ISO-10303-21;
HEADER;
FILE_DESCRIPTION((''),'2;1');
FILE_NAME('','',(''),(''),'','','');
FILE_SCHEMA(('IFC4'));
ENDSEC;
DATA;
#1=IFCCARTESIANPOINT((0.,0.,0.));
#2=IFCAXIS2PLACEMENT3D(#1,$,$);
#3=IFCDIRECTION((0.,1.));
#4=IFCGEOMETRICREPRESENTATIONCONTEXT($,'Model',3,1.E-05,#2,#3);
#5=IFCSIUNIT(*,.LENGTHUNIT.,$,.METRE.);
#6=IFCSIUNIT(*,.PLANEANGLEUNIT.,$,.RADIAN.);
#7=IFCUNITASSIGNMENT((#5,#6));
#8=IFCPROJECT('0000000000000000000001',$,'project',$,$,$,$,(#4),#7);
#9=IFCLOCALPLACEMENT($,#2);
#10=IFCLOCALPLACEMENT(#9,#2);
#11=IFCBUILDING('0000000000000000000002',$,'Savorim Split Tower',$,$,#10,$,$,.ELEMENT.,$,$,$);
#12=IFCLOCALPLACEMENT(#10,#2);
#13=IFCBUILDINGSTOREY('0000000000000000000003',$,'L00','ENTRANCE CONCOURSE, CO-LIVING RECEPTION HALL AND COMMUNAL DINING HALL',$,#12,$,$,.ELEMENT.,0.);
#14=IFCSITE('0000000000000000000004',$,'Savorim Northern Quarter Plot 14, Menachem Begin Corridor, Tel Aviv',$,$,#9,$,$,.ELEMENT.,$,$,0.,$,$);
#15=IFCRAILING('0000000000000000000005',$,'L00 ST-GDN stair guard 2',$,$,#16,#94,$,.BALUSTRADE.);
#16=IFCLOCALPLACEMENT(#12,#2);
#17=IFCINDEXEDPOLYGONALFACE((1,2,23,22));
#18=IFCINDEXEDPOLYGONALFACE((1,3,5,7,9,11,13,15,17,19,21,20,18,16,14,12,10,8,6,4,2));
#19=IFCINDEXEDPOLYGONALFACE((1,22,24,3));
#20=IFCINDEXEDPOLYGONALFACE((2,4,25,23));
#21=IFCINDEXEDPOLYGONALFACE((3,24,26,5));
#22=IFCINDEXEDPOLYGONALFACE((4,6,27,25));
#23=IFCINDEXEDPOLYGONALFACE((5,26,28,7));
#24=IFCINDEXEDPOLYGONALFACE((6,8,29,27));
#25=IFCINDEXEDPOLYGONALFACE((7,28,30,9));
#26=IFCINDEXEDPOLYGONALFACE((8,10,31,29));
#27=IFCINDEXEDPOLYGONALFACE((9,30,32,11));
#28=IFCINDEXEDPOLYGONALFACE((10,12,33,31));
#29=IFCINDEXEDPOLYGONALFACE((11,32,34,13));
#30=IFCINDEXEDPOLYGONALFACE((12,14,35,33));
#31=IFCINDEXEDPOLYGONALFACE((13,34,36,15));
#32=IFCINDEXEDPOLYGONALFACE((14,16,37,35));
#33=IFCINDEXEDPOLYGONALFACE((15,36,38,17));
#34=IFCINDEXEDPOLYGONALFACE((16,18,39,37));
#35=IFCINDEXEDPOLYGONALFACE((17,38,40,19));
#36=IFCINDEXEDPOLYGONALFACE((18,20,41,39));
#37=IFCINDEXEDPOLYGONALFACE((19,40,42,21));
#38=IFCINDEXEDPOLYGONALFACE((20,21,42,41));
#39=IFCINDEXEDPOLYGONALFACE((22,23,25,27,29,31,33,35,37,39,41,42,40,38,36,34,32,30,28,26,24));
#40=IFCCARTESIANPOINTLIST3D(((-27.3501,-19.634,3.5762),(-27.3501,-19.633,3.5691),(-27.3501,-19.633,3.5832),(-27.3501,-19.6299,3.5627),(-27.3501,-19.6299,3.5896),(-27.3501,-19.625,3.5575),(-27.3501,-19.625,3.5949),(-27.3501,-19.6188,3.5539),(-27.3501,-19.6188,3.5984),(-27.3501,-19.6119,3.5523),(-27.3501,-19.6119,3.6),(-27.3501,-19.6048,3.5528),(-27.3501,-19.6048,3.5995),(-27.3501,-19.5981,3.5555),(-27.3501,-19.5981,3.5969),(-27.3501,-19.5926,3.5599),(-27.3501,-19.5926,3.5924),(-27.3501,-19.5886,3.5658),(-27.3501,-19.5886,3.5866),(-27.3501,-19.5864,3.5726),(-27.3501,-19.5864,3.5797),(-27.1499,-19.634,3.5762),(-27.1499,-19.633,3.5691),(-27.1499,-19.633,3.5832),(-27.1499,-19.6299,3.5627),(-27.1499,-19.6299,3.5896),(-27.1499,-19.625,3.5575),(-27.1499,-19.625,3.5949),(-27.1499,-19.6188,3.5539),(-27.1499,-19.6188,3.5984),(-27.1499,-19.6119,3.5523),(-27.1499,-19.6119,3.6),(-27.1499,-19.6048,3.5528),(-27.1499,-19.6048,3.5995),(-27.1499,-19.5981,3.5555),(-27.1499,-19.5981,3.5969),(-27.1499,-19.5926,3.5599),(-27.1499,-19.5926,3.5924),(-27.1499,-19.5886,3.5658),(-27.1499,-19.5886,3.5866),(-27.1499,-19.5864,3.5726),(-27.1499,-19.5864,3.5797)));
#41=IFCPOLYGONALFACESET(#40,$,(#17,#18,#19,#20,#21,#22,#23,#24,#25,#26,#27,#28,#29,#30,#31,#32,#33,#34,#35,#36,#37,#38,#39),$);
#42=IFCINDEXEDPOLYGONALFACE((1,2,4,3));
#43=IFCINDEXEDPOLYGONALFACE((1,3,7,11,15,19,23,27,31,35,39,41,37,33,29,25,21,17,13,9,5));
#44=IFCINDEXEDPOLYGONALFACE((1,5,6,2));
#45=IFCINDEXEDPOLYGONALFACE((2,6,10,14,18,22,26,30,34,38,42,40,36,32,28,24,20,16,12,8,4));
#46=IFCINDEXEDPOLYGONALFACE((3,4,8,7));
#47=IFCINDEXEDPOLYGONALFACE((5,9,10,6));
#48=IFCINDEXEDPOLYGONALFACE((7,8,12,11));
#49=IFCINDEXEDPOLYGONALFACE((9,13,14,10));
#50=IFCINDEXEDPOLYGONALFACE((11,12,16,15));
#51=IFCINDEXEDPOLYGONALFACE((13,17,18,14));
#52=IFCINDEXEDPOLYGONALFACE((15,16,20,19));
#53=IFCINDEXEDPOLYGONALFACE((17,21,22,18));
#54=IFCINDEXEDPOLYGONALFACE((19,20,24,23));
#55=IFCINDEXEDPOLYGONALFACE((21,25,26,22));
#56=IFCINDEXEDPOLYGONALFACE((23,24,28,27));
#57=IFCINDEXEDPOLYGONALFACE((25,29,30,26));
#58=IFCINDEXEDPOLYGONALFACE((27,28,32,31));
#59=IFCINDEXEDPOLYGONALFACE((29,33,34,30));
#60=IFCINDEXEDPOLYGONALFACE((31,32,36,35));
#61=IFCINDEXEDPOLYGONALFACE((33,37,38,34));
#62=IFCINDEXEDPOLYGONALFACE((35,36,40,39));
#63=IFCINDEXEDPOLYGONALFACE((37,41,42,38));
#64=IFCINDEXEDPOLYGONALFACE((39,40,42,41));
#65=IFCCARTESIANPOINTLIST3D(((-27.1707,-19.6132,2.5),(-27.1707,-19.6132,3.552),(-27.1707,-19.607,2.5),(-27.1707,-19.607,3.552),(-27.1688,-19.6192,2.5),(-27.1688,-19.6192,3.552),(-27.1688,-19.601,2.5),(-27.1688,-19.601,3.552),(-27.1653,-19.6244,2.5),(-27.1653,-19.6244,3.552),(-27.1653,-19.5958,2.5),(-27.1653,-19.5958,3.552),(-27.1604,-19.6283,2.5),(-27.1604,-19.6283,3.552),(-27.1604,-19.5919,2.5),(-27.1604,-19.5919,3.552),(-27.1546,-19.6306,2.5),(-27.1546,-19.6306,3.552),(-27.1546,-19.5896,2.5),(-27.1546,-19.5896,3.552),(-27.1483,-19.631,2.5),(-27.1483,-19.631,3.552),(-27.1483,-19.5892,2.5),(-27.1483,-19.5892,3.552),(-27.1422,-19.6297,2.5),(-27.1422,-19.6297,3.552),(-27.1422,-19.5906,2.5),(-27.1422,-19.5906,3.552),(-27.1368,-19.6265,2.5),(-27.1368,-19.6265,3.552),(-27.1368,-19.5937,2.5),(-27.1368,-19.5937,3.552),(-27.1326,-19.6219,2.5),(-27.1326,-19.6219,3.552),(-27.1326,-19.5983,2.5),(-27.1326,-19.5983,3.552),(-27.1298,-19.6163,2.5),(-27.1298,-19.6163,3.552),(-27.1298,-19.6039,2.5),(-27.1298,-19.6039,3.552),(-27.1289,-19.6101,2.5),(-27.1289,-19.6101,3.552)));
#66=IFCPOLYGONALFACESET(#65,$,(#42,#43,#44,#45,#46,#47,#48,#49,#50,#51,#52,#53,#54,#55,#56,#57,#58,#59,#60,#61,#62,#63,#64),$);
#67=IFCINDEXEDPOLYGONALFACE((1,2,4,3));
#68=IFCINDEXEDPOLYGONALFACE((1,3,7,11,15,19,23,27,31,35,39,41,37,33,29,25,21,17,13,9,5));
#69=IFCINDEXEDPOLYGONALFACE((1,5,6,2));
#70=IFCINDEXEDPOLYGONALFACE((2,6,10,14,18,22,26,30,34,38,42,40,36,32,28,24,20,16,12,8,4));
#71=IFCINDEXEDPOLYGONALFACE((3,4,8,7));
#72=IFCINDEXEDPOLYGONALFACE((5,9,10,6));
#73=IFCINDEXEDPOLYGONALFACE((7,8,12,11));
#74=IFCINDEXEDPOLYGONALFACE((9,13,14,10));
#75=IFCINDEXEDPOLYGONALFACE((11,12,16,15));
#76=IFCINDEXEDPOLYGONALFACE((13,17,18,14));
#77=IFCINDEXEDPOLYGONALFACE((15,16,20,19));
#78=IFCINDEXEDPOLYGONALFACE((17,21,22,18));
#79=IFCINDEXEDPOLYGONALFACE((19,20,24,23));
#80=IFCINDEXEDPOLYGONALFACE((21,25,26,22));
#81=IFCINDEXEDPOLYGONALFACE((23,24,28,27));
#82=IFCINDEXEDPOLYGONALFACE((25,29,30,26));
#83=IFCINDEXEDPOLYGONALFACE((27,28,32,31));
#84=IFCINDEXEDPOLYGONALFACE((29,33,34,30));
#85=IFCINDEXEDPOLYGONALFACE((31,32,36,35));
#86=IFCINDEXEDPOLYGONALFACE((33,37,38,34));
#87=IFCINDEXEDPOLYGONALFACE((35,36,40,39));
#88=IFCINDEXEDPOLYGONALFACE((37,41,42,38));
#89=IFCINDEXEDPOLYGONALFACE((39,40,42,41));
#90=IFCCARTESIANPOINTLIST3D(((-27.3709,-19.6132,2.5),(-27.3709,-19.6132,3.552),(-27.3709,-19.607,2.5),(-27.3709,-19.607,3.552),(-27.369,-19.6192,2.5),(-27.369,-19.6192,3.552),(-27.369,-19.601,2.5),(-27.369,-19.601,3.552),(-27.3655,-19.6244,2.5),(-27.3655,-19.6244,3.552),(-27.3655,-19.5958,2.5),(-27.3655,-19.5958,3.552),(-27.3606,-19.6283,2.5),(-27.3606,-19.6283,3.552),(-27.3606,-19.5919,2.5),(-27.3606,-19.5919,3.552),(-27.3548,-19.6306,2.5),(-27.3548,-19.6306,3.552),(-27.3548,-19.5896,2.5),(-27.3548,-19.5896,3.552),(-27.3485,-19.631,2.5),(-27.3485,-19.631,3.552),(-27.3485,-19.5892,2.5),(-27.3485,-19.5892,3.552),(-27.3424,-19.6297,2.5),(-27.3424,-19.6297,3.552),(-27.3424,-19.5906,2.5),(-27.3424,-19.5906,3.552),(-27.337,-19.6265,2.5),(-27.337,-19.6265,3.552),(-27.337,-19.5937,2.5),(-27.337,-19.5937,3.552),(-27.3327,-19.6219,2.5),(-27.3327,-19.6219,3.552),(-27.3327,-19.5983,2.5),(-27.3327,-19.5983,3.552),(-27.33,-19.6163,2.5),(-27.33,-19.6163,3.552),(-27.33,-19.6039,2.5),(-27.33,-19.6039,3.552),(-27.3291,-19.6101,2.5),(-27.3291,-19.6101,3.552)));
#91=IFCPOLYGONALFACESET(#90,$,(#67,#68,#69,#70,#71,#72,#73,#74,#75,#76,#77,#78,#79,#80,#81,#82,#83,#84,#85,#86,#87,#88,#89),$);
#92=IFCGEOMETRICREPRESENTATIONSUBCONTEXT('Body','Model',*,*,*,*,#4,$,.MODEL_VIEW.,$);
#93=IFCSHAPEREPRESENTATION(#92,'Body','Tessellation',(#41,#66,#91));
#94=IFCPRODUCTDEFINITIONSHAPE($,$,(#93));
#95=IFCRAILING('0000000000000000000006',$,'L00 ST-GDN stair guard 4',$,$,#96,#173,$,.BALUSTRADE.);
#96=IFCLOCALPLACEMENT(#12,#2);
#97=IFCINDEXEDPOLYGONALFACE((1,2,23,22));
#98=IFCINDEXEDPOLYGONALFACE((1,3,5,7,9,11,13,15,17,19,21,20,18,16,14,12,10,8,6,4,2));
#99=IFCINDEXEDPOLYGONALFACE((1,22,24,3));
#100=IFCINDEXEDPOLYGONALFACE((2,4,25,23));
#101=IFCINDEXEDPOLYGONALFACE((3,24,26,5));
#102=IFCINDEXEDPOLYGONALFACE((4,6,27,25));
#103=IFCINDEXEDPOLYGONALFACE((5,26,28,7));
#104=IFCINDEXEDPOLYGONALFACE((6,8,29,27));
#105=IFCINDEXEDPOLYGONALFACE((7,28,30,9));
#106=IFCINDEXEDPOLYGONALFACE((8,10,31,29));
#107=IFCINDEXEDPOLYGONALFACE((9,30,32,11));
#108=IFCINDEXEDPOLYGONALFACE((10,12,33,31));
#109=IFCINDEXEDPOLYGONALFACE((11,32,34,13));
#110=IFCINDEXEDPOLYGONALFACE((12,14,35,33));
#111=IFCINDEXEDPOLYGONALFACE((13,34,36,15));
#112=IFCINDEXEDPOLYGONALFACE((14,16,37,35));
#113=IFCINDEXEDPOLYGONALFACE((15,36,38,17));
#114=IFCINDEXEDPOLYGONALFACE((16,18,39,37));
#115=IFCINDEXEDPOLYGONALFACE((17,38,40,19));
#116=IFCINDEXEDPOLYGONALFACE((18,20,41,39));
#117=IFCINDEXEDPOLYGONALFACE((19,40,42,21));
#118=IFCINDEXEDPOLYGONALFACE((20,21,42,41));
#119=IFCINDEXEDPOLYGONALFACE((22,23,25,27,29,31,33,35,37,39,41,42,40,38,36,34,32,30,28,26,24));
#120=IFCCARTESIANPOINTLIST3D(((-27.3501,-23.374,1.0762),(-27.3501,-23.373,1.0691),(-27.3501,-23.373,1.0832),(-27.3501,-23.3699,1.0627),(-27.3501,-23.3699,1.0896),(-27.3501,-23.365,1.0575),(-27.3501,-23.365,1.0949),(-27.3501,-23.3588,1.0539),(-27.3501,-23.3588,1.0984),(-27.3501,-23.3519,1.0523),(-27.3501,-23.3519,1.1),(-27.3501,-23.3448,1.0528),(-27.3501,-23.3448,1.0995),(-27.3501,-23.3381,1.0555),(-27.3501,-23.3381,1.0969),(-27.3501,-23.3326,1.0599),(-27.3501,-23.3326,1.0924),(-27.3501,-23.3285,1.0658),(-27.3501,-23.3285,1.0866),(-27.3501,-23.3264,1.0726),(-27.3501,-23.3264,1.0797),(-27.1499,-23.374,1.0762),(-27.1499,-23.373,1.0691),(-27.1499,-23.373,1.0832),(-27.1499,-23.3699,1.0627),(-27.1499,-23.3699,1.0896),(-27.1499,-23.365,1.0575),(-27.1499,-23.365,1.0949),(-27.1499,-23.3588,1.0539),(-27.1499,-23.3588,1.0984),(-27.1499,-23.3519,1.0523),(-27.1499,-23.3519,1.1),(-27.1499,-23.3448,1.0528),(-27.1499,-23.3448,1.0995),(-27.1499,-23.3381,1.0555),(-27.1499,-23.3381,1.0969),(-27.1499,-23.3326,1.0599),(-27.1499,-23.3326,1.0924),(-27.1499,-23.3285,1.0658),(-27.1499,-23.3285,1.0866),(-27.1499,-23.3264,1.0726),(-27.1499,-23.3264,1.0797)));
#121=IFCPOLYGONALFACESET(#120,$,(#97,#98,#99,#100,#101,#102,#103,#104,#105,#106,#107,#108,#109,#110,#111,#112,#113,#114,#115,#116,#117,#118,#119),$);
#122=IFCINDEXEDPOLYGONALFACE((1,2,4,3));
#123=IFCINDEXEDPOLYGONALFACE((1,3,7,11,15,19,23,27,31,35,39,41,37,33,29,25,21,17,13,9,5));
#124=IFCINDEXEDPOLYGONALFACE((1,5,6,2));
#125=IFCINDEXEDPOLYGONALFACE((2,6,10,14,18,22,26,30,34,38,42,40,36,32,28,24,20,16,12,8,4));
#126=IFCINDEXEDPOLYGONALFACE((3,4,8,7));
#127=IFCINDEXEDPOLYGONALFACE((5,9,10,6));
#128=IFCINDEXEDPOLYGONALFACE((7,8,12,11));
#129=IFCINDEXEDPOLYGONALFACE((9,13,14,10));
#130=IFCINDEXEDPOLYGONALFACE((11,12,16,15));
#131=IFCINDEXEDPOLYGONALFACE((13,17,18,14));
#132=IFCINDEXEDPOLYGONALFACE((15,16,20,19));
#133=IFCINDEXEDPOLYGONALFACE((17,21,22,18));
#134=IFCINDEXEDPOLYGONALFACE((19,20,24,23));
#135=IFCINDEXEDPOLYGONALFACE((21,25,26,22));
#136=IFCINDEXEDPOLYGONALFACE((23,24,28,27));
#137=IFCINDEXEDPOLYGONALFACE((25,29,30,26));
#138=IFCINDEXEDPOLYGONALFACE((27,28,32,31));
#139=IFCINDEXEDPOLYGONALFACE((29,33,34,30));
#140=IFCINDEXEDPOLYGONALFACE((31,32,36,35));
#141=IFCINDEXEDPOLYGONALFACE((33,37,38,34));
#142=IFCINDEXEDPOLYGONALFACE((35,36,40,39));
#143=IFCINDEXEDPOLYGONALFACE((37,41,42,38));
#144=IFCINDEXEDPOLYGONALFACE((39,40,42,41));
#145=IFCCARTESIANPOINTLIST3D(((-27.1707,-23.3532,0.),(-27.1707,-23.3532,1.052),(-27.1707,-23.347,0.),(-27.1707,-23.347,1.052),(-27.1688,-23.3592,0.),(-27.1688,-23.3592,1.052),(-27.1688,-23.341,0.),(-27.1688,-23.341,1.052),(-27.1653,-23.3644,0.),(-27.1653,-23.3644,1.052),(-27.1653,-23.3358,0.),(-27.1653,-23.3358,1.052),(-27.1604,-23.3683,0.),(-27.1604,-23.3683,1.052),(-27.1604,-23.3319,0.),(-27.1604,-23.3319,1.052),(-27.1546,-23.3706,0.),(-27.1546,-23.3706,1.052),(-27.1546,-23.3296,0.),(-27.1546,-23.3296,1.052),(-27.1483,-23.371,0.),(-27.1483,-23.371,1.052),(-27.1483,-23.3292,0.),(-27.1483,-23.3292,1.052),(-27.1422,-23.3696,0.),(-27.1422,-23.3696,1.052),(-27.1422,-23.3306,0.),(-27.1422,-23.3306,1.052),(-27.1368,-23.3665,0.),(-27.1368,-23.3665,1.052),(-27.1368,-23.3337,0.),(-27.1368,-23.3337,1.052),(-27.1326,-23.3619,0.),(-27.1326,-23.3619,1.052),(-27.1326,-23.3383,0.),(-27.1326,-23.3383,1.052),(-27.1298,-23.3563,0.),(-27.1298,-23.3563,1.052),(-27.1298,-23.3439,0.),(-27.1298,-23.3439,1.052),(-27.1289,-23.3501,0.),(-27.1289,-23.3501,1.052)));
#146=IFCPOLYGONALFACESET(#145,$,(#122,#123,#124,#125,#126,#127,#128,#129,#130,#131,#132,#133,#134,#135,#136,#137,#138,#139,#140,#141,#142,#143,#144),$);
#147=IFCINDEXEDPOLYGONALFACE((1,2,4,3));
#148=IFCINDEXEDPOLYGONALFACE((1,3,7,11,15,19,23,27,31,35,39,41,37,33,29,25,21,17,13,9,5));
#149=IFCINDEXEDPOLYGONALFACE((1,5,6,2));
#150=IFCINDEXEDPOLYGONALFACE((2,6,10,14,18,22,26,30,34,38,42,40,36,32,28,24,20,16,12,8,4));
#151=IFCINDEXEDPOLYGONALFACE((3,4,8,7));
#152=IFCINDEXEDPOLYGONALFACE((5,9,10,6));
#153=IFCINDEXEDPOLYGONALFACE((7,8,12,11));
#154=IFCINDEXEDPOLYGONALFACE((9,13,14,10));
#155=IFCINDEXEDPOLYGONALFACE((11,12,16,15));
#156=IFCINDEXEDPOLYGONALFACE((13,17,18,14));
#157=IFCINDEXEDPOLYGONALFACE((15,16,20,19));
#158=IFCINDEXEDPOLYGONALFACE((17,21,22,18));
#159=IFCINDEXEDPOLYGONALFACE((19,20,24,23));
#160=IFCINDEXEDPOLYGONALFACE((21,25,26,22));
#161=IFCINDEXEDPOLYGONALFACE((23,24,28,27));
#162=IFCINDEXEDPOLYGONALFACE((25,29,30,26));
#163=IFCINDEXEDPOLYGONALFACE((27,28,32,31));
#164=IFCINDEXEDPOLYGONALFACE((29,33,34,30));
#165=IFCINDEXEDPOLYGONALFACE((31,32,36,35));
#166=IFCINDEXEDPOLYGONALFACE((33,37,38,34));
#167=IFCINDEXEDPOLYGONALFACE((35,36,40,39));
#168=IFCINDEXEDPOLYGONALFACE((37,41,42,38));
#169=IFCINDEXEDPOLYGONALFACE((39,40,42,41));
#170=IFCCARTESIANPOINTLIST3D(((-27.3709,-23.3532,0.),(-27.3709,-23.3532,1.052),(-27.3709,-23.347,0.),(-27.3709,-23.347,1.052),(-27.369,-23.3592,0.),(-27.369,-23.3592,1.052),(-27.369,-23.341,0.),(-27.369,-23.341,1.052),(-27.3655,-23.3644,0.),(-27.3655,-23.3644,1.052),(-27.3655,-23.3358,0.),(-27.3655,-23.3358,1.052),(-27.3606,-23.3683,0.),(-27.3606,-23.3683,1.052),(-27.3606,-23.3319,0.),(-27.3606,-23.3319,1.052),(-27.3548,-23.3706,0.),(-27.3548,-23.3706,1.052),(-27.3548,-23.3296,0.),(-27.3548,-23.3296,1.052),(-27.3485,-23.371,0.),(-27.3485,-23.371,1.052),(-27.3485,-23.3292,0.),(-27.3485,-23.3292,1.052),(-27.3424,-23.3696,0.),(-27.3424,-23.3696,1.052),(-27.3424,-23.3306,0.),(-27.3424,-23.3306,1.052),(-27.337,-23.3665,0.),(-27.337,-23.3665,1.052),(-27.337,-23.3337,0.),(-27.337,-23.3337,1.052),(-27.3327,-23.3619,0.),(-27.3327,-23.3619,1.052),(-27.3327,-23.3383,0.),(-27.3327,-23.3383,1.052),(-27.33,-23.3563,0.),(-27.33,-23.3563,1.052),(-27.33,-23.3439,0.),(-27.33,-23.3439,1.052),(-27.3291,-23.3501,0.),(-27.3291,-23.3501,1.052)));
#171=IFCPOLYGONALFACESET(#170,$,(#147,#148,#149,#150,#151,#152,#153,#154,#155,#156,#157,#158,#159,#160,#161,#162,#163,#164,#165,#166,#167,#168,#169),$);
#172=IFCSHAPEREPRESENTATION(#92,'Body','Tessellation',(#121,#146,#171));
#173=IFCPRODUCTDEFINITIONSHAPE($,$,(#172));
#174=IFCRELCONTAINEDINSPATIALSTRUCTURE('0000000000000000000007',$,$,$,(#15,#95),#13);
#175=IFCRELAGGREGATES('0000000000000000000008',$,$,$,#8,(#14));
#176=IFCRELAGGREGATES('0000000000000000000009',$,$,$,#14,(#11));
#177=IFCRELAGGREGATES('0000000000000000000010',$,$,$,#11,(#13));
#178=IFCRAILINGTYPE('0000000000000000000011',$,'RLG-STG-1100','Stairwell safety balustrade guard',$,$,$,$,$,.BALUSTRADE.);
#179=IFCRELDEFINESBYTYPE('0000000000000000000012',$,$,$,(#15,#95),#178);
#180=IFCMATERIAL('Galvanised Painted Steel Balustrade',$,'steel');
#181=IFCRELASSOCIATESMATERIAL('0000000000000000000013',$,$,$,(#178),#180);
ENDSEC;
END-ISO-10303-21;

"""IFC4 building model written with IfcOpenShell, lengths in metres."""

from ifc_helpers import new_model, si_unit, direction, frame, origin, origin_2d, place, context, subcontext, project, spatial, circle, extrude, material, type_object, element, save


model = new_model("IFC4")

# Units and contexts
model_context = context("Model", 3, precision=1e-05, world=origin(), true_north=direction((0.0, 1.0)))
body_context = subcontext(model_context, "Body", "Model", "MODEL_VIEW")
ifc_project = project(units=[si_unit("LENGTHUNIT", "METRE"), si_unit("PLANEANGLEUNIT", "RADIAN")], contexts=[model_context])

# Site, building, storey
site_placement = place(None, origin())
site = spatial("IfcSite", under=ifc_project, at=site_placement, Name="Savorim Northern Quarter Plot 14, Menachem Begin Corridor, Tel Aviv", CompositionType="ELEMENT", RefElevation=0.0)
building_placement = place(site_placement, origin())
building = spatial("IfcBuilding", under=site, at=building_placement, Name="Savorim Split Tower", CompositionType="ELEMENT")
storey_placement = place(building_placement, origin())
storey = spatial("IfcBuildingStorey", under=building, at=storey_placement, Name="L00", Description="ENTRANCE CONCOURSE, CO-LIVING RECEPTION HALL AND COMMUNAL DINING HALL", CompositionType="ELEMENT", Elevation=0.0)

# Railings
ifc_material_1 = material(Name="Galvanised Painted Steel Balustrade", Category="steel")
railing_type_1 = type_object("IfcRailingType", Name="RLG-STG-1100", Description="Stairwell safety balustrade guard", PredefinedType="BALUSTRADE", material=ifc_material_1)
for number, where, name in (
    (1, (-27.1499, -19.6101, 2.5), "L00 ST-GDN stair guard 2"),
    (2, (-27.1499, -23.3501, 0.0), "L00 ST-GDN stair guard 4"),
):
    element("IfcRailing", number, at=place(storey_placement, frame(where)), inside=storey, type_object=railing_type_1, Name=name, PredefinedType="BALUSTRADE", context=body_context, shape_type="SweptSolid", body=[
        extrude(circle(Radius=0.0239, at=origin_2d()), frame((0.0, 0.0, 1.0762), z_axis=(-1.0, 0.0, 0.0), x_axis=(0.0, -1.0, 0.0)), (0.0, 0.0, 1.0), 0.2002),
        extrude(circle(Radius=0.021, at=origin_2d()), origin(), (0.0, 0.0, 1.0), 1.052),
        extrude(circle(Radius=0.021, at=origin_2d()), frame((-0.2002, 0.0, 0.0)), (0.0, 0.0, 1.0), 1.052),
    ])

save(model, "model.ifc")
